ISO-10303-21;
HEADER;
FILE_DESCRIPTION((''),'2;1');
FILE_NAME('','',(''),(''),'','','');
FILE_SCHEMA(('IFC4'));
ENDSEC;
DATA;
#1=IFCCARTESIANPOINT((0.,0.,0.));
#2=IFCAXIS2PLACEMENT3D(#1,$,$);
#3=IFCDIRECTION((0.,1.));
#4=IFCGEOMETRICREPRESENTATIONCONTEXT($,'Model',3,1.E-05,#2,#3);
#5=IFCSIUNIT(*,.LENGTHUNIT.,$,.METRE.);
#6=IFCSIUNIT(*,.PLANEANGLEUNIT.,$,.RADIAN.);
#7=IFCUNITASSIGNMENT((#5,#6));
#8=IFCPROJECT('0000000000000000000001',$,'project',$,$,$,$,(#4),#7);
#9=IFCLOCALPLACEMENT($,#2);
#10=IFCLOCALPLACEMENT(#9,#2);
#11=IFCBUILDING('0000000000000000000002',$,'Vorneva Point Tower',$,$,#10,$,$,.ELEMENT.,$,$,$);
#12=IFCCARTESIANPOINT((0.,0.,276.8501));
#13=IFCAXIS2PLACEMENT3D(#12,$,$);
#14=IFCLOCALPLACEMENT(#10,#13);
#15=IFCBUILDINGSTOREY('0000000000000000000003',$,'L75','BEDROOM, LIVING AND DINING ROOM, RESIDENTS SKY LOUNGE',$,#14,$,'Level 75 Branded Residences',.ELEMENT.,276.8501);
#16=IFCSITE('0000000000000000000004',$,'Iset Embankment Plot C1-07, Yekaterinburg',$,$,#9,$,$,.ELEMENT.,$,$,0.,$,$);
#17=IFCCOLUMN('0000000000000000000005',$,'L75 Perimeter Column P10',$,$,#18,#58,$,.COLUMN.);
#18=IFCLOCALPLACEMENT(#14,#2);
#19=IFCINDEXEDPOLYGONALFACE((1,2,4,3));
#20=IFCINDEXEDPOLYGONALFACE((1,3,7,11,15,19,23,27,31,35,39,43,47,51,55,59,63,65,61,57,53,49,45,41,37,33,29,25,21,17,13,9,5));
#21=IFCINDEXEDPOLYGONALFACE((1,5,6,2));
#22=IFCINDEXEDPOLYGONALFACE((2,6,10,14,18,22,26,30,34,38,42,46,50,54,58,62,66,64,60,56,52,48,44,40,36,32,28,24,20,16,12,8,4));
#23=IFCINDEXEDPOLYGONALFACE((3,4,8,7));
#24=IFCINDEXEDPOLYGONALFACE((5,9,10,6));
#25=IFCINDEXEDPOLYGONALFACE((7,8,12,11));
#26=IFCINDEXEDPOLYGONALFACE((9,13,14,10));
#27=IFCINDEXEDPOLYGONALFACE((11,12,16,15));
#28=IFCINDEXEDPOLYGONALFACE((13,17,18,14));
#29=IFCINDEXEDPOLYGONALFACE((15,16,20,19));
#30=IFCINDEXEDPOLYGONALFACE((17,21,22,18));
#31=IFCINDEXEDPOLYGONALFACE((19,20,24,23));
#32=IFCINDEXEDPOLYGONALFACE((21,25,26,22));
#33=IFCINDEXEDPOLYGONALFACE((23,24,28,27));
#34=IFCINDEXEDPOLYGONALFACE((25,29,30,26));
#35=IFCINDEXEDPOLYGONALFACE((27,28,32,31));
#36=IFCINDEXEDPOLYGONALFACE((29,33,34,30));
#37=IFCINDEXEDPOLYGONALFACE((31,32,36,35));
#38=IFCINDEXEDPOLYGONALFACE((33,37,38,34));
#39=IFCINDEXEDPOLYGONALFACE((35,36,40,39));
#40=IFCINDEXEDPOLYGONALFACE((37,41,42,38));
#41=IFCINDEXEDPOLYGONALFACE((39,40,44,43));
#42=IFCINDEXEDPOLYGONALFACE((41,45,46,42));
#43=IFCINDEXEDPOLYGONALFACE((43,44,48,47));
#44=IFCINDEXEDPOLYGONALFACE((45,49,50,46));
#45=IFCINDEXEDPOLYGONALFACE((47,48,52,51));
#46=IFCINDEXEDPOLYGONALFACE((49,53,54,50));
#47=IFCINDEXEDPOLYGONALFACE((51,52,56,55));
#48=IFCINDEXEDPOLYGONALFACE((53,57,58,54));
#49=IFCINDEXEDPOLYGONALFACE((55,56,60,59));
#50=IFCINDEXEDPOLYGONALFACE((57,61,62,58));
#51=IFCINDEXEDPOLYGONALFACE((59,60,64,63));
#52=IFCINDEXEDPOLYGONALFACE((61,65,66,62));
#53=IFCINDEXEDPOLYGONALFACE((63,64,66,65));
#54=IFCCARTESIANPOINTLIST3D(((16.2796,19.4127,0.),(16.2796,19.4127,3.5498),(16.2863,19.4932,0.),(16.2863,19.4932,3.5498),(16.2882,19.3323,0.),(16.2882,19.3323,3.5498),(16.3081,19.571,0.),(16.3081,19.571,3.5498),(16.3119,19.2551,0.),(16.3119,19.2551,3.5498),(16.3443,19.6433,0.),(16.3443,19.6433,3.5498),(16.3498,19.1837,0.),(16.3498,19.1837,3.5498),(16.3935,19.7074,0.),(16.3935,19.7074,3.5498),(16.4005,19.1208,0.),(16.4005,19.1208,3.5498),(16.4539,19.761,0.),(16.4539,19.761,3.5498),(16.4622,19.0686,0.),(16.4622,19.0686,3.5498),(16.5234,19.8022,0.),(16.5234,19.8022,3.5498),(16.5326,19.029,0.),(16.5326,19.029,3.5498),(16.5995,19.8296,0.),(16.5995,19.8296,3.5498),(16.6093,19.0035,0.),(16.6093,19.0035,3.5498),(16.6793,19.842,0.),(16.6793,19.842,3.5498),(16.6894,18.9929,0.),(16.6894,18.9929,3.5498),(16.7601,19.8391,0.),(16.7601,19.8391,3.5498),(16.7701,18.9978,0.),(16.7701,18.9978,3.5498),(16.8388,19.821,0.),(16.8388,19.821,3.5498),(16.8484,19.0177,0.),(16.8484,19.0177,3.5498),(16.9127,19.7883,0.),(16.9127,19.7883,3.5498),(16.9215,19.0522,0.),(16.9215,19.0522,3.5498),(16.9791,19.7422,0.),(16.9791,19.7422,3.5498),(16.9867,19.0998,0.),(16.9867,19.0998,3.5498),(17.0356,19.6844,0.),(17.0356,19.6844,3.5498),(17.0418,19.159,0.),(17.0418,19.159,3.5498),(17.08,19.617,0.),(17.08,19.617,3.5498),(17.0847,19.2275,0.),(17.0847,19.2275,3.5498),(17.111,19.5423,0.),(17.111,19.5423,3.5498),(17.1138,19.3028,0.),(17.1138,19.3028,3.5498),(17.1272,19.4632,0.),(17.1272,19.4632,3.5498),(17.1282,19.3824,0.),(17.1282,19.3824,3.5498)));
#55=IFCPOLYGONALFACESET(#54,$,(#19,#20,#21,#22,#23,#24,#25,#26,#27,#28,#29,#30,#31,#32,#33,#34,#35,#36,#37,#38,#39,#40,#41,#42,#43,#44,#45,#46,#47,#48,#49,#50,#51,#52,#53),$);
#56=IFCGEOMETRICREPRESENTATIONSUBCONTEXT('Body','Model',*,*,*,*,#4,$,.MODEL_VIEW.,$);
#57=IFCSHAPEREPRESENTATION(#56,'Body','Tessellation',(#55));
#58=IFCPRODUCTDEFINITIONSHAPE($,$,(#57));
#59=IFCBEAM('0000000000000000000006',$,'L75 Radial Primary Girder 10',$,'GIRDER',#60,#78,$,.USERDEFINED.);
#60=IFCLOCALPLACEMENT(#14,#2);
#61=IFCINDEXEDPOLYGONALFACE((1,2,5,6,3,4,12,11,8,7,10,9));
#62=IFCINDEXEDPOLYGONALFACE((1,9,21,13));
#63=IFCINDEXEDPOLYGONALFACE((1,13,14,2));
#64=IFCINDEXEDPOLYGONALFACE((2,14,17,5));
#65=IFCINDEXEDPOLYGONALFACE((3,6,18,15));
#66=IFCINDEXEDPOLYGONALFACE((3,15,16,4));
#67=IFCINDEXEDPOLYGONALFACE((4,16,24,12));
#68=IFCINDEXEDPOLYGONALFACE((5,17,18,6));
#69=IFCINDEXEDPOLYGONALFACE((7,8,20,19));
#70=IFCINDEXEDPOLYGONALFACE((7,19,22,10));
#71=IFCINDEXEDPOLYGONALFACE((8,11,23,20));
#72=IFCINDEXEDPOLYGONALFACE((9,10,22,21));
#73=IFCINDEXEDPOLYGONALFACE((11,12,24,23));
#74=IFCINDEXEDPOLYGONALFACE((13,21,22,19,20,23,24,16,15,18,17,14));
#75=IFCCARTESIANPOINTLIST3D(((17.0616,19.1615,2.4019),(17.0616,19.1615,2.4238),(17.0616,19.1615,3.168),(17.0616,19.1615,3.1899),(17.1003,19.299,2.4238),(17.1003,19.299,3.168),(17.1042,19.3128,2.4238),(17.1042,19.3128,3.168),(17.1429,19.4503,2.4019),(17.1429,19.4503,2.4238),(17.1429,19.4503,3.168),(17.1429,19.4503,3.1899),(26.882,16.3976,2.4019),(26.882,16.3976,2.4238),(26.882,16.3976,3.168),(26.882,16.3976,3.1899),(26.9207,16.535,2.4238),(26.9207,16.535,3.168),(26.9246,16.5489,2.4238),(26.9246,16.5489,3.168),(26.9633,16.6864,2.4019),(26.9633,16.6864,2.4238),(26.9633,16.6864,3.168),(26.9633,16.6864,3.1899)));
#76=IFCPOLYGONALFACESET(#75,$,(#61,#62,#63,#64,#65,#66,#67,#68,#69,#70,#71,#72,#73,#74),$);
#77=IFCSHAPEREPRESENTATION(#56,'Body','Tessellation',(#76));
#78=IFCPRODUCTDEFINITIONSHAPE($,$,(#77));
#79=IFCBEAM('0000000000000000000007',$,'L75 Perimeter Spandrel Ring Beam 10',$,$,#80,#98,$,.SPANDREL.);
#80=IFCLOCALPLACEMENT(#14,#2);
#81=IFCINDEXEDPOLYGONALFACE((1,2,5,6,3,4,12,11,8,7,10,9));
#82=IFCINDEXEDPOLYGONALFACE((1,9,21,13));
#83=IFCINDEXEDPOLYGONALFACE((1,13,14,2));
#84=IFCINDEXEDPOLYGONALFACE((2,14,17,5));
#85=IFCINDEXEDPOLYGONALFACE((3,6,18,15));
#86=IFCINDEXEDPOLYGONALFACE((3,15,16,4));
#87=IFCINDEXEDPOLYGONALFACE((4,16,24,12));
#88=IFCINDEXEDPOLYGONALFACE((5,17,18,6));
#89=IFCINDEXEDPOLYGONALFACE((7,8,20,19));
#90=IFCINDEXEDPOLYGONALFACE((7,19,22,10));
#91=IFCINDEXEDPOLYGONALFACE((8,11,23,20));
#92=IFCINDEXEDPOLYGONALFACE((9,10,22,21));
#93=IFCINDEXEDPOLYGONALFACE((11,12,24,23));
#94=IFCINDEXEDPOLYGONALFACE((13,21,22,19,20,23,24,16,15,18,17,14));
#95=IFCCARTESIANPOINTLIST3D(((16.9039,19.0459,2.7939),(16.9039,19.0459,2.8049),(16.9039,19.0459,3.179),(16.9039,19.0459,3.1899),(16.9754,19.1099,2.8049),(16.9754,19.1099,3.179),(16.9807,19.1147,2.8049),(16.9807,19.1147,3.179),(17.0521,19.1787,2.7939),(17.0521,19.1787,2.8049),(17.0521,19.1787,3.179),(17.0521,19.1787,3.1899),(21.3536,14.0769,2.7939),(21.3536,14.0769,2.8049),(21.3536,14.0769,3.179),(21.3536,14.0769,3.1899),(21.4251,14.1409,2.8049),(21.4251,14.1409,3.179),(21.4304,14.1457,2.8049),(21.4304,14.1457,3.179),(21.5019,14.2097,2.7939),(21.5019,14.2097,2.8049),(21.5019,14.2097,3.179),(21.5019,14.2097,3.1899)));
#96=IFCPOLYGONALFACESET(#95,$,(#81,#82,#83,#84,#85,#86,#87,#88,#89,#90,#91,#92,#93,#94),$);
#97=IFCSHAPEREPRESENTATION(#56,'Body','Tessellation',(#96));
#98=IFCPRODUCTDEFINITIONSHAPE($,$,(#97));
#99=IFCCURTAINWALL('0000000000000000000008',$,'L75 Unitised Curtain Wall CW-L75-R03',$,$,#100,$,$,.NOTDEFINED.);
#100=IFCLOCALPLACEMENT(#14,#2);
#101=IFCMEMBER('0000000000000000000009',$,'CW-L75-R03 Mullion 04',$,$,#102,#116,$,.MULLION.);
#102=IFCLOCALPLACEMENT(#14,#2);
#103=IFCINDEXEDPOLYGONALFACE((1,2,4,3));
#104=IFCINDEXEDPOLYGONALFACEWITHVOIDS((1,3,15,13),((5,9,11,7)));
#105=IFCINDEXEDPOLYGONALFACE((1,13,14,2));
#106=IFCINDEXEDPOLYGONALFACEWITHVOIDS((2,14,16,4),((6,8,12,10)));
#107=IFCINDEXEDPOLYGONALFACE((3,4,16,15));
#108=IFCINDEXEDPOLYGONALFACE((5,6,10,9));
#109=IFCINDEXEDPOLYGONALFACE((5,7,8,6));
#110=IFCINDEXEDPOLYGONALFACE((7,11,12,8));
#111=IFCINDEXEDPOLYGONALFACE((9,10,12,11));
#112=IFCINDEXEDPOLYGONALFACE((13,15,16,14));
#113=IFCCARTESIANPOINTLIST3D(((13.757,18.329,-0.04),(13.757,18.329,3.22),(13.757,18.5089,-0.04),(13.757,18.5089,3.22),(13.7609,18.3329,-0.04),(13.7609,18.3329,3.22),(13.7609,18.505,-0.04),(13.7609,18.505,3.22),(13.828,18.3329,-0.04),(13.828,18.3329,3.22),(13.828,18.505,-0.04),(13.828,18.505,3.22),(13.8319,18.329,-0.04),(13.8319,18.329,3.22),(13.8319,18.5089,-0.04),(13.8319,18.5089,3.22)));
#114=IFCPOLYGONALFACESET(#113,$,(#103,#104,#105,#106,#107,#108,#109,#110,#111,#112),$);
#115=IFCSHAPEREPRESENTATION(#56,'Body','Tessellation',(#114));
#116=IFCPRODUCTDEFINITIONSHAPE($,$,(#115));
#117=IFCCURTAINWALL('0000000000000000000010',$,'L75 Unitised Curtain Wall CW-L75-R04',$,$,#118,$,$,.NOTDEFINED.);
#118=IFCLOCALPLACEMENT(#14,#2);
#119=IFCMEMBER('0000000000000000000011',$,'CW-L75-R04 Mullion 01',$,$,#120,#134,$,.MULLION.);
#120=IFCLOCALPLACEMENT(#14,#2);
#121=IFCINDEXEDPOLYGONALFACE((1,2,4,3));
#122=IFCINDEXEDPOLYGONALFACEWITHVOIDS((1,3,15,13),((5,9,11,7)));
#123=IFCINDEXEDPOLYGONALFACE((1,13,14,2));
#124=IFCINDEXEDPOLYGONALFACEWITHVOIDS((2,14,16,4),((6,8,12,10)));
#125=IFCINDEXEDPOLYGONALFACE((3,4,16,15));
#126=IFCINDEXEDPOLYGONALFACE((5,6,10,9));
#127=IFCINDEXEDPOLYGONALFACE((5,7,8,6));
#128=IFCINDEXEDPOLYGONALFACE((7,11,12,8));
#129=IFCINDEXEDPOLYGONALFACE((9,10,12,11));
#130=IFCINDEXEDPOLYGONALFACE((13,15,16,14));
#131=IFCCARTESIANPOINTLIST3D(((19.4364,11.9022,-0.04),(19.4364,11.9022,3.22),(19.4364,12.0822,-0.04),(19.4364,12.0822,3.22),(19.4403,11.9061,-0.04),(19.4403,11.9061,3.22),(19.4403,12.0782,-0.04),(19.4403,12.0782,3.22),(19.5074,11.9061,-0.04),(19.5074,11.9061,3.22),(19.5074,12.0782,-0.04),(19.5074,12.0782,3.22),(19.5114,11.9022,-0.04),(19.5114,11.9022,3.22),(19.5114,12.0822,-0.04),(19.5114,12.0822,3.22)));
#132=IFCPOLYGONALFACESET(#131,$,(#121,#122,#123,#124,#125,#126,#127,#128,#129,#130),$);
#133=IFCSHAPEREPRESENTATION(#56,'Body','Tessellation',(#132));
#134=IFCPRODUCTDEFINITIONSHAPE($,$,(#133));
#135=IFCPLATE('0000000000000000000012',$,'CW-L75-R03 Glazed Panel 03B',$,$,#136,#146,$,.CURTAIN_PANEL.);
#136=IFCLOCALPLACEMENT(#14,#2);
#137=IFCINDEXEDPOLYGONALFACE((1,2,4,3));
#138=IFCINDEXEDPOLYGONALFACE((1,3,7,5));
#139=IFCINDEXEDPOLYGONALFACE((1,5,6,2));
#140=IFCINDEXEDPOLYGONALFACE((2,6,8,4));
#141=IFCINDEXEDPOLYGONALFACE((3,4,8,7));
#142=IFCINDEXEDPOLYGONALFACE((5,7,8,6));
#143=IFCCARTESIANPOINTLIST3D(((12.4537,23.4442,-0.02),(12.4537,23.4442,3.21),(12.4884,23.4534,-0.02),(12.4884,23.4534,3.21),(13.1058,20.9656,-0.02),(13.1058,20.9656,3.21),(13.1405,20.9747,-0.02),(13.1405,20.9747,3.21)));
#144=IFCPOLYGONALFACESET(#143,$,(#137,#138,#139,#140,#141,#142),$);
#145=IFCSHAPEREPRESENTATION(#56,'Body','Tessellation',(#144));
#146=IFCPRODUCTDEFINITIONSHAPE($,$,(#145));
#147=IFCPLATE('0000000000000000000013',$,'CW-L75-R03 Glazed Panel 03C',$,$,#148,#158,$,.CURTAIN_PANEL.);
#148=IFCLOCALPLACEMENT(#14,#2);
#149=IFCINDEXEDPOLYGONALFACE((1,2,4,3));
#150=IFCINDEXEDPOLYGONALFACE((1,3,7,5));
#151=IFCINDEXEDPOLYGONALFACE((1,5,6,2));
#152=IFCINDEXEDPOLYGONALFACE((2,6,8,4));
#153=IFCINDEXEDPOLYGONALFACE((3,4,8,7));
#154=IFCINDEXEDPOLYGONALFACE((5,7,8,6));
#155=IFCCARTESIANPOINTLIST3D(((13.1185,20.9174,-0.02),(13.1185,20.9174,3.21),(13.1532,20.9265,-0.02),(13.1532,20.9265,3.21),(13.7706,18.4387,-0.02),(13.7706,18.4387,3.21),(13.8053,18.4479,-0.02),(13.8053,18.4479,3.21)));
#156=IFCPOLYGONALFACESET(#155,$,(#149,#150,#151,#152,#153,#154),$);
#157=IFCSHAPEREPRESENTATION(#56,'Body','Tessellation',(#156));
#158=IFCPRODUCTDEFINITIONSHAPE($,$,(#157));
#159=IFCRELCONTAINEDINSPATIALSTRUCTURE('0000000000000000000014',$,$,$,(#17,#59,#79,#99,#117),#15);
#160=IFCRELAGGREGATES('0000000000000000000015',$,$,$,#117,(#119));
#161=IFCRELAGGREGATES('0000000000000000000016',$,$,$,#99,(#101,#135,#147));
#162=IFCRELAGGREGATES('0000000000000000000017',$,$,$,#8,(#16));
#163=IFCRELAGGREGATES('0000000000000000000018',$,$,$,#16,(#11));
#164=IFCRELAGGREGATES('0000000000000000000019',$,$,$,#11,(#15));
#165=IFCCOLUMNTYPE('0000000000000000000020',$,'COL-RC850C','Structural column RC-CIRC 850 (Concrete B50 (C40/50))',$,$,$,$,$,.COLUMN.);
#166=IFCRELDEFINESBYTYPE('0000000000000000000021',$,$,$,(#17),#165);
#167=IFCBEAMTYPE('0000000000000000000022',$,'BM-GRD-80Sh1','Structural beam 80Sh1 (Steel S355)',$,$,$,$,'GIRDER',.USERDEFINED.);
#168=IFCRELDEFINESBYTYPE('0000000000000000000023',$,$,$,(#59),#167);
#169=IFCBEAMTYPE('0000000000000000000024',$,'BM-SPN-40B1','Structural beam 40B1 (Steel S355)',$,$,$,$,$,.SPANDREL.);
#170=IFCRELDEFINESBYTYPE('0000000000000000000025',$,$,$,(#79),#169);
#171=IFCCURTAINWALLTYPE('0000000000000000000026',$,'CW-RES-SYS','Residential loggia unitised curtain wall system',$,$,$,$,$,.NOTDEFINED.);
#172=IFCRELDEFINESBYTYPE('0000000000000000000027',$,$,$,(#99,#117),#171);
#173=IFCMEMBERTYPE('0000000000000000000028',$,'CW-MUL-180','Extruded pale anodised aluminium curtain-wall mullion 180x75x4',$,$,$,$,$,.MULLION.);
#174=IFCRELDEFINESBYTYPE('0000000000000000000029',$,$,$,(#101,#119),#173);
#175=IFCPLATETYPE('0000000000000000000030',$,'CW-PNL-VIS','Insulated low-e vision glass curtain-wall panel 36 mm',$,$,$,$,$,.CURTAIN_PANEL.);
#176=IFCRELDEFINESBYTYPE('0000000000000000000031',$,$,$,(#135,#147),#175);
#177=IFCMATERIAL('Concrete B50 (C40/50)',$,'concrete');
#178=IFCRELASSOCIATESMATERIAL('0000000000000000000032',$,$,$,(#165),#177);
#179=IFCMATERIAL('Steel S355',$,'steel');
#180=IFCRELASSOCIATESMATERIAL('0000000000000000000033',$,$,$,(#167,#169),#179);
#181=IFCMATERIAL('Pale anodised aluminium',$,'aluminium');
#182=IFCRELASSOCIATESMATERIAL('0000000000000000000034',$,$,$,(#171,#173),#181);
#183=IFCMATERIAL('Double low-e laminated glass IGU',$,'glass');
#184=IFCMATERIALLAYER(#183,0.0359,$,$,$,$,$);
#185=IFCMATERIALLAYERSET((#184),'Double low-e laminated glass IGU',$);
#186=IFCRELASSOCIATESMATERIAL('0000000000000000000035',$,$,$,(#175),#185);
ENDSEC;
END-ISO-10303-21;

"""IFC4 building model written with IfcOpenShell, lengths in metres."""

from ifc_helpers import new_model, si_unit, direction, frame, origin, origin_2d, place, context, subcontext, project, spatial, rectangle, hollow_rectangle, circle, i_section, extrude, material, layer, layer_set, material_profile, profile_set, type_object, element, aggregate, save


model = new_model("IFC4")

# Units and contexts
model_context = context("Model", 3, precision=1e-05, world=origin(), true_north=direction((0.0, 1.0)))
body_context = subcontext(model_context, "Body", "Model", "MODEL_VIEW")
ifc_project = project(units=[si_unit("LENGTHUNIT", "METRE"), si_unit("PLANEANGLEUNIT", "RADIAN")], contexts=[model_context])

# Site, building, storey
site_placement = place(None, origin())
site = spatial("IfcSite", under=ifc_project, at=site_placement, Name="Iset Embankment Plot C1-07, Yekaterinburg", CompositionType="ELEMENT", RefElevation=0.0)
building_placement = place(site_placement, origin())
building = spatial("IfcBuilding", under=site, at=building_placement, Name="Vorneva Point Tower", CompositionType="ELEMENT")
storey_placement = place(building_placement, frame((0.0, 0.0, 276.8501)))
storey = spatial("IfcBuildingStorey", under=building, at=storey_placement, Name="L75", Description="BEDROOM, LIVING AND DINING ROOM, RESIDENTS SKY LOUNGE", LongName="Level 75 Branded Residences", CompositionType="ELEMENT", Elevation=276.8501)

# Column
ifc_material_1 = material(Name="Concrete B50 (C40/50)", Category="concrete")
ifc_material_profile_1 = material_profile(ifc_material_1, circle(Radius=0.425, at=origin_2d()), Name="RC-CIRC 850")
ifc_profile_set_1 = profile_set([ifc_material_profile_1], Name="Concrete B50 (C40/50)")
column_type = type_object("IfcColumnType", Name="COL-RC850C", Description="Structural column RC-CIRC 850 (Concrete B50 (C40/50))", PredefinedType="COLUMN", material=ifc_profile_set_1)
column_placement = place(storey_placement, frame((16.7046, 19.4177, 0.0), z_axis=(0.0, 0.0, 1.0), x_axis=(-0.92388, -0.382683, 0.0)))
element("IfcColumn", 1, at=column_placement, inside=storey, type_object=column_type, Name="L75 Perimeter Column P10", PredefinedType="COLUMN", context=body_context, shape_type="SweptSolid", body=[
    extrude(circle(Radius=0.425, at=origin_2d()), origin(), (0.0, 0.0, 1.0), 3.5498),
])

# Beams
ifc_material_2 = material(Name="Steel S355", Category="steel")
ifc_material_profile_2 = material_profile(ifc_material_2, i_section(OverallWidth=0.3, OverallDepth=0.7881, WebThickness=0.0144, FlangeThickness=0.022, at=origin_2d()), Name="80Sh1")
ifc_profile_set_2 = profile_set([ifc_material_profile_2], Name="Steel S355")
beam_type_1 = type_object("IfcBeamType", Name="BM-GRD-80Sh1", Description="Structural beam 80Sh1 (Steel S355)", ElementType="GIRDER", PredefinedType="USERDEFINED", material=ifc_profile_set_2)
beam_1_placement = place(storey_placement, frame((17.1023, 19.3059, 2.7959), z_axis=(0.962601, -0.270923, 0.0), x_axis=(0.270923, 0.962601, 0.0)))
element("IfcBeam", 2, at=beam_1_placement, inside=storey, type_object=beam_type_1, Name="L75 Radial Primary Girder 10", ObjectType="GIRDER", PredefinedType="USERDEFINED", context=body_context, shape_type="SweptSolid", body=[
    extrude(i_section(OverallWidth=0.3, OverallDepth=0.7881, WebThickness=0.0144, FlangeThickness=0.022, at=origin_2d()), origin(), (0.0, 0.0, 1.0), 10.2019),
])
ifc_material_profile_3 = material_profile(ifc_material_2, i_section(OverallWidth=0.199, OverallDepth=0.396, WebThickness=0.0071, FlangeThickness=0.011, at=origin_2d()), Name="40B1")
ifc_profile_set_3 = profile_set([ifc_material_profile_3], Name="Steel S355")
beam_type_2 = type_object("IfcBeamType", Name="BM-SPN-40B1", Description="Structural beam 40B1 (Steel S355)", PredefinedType="SPANDREL", material=ifc_profile_set_3)
beam_2_placement = place(storey_placement, frame((16.978, 19.1123, 2.9919), z_axis=(0.667108, -0.744961, 0.0), x_axis=(0.744961, 0.667108, 0.0)))
element("IfcBeam", 3, at=beam_2_placement, inside=storey, type_object=beam_type_2, Name="L75 Perimeter Spandrel Ring Beam 10", PredefinedType="SPANDREL", context=body_context, shape_type="SweptSolid", body=[
    extrude(i_section(OverallWidth=0.199, OverallDepth=0.396, WebThickness=0.0071, FlangeThickness=0.011, at=origin_2d()), origin(), (0.0, 0.0, 1.0), 6.6702),
])

# Curtain walls, members
ifc_material_3 = material(Name="Pale anodised aluminium", Category="aluminium")
curtain_wall_type = type_object("IfcCurtainWallType", Name="CW-RES-SYS", Description="Residential loggia unitised curtain wall system", PredefinedType="NOTDEFINED", material=ifc_material_3)
curtain_wall_1_placement = place(storey_placement, origin())
curtain_wall_1 = element("IfcCurtainWall", 4, at=curtain_wall_1_placement, inside=storey, type_object=curtain_wall_type, Name="L75 Unitised Curtain Wall CW-L75-R03", PredefinedType="NOTDEFINED")
ifc_material_profile_4 = material_profile(ifc_material_3, hollow_rectangle(XDim=0.075, YDim=0.1799, WallThickness=0.0039, at=origin_2d()), Name="AL-MUL 180x75x4")
ifc_profile_set_4 = profile_set([ifc_material_profile_4], Name="Pale anodised aluminium")
member_type = type_object("IfcMemberType", Name="CW-MUL-180", Description="Extruded pale anodised aluminium curtain-wall mullion 180x75x4", PredefinedType="MULLION", material=ifc_profile_set_4)
member_1_placement = place(storey_placement, frame((13.7944, 18.4189, -0.04), z_axis=(0.0, 0.0, 1.0), x_axis=(1.0, 0.0, 0.0)))
member_1 = element("IfcMember", 5, at=member_1_placement, type_object=member_type, Name="CW-L75-R03 Mullion 04", PredefinedType="MULLION", context=body_context, shape_type="SweptSolid", body=[
    extrude(hollow_rectangle(XDim=0.075, YDim=0.1799, WallThickness=0.0039, at=origin_2d()), origin(), (0.0, 0.0, 1.0), 3.26),
])
curtain_wall_2_placement = place(storey_placement, origin())
curtain_wall_2 = element("IfcCurtainWall", 6, at=curtain_wall_2_placement, inside=storey, type_object=curtain_wall_type, Name="L75 Unitised Curtain Wall CW-L75-R04", PredefinedType="NOTDEFINED")
member_2_placement = place(storey_placement, frame((19.4739, 11.9922, -0.04), z_axis=(0.0, 0.0, 1.0), x_axis=(1.0, 0.0, 0.0)))
member_2 = element("IfcMember", 7, at=member_2_placement, type_object=member_type, Name="CW-L75-R04 Mullion 01", PredefinedType="MULLION", context=body_context, shape_type="SweptSolid", body=[
    extrude(hollow_rectangle(XDim=0.075, YDim=0.1799, WallThickness=0.0039, at=origin_2d()), origin(), (0.0, 0.0, 1.0), 3.26),
])
aggregate(curtain_wall_2, [member_2])

# Plates
ifc_material_4 = material(Name="Double low-e laminated glass IGU", Category="glass")
ifc_layer_1 = layer(ifc_material_4, 0.0359)
ifc_layer_set_1 = layer_set([ifc_layer_1], Name="Double low-e laminated glass IGU")
plate_type = type_object("IfcPlateType", Name="CW-PNL-VIS", Description="Insulated low-e vision glass curtain-wall panel 36 mm", PredefinedType="CURTAIN_PANEL", material=ifc_layer_set_1)
plate_1_placement = place(storey_placement, frame((12.7971, 22.2095, -0.02), z_axis=(0.0, 0.0, 1.0), x_axis=(0.254416, -0.967095, 0.0)))
plate_1 = element("IfcPlate", 8, at=plate_1_placement, type_object=plate_type, Name="CW-L75-R03 Glazed Panel 03B", PredefinedType="CURTAIN_PANEL", context=body_context, shape_type="SweptSolid", body=[
    extrude(rectangle(XDim=2.563, YDim=0.0359, at=origin_2d()), origin(), (0.0, 0.0, 1.0), 3.23),
])
plate_2_placement = place(storey_placement, frame((13.4619, 19.6826, -0.02), z_axis=(0.0, 0.0, 1.0), x_axis=(0.254416, -0.967095, 0.0)))
plate_2 = element("IfcPlate", 9, at=plate_2_placement, type_object=plate_type, Name="CW-L75-R03 Glazed Panel 03C", PredefinedType="CURTAIN_PANEL", context=body_context, shape_type="SweptSolid", body=[
    extrude(rectangle(XDim=2.563, YDim=0.0359, at=origin_2d()), origin(), (0.0, 0.0, 1.0), 3.23),
])
aggregate(curtain_wall_1, [member_1, plate_1, plate_2])

save(model, "model.ifc")
